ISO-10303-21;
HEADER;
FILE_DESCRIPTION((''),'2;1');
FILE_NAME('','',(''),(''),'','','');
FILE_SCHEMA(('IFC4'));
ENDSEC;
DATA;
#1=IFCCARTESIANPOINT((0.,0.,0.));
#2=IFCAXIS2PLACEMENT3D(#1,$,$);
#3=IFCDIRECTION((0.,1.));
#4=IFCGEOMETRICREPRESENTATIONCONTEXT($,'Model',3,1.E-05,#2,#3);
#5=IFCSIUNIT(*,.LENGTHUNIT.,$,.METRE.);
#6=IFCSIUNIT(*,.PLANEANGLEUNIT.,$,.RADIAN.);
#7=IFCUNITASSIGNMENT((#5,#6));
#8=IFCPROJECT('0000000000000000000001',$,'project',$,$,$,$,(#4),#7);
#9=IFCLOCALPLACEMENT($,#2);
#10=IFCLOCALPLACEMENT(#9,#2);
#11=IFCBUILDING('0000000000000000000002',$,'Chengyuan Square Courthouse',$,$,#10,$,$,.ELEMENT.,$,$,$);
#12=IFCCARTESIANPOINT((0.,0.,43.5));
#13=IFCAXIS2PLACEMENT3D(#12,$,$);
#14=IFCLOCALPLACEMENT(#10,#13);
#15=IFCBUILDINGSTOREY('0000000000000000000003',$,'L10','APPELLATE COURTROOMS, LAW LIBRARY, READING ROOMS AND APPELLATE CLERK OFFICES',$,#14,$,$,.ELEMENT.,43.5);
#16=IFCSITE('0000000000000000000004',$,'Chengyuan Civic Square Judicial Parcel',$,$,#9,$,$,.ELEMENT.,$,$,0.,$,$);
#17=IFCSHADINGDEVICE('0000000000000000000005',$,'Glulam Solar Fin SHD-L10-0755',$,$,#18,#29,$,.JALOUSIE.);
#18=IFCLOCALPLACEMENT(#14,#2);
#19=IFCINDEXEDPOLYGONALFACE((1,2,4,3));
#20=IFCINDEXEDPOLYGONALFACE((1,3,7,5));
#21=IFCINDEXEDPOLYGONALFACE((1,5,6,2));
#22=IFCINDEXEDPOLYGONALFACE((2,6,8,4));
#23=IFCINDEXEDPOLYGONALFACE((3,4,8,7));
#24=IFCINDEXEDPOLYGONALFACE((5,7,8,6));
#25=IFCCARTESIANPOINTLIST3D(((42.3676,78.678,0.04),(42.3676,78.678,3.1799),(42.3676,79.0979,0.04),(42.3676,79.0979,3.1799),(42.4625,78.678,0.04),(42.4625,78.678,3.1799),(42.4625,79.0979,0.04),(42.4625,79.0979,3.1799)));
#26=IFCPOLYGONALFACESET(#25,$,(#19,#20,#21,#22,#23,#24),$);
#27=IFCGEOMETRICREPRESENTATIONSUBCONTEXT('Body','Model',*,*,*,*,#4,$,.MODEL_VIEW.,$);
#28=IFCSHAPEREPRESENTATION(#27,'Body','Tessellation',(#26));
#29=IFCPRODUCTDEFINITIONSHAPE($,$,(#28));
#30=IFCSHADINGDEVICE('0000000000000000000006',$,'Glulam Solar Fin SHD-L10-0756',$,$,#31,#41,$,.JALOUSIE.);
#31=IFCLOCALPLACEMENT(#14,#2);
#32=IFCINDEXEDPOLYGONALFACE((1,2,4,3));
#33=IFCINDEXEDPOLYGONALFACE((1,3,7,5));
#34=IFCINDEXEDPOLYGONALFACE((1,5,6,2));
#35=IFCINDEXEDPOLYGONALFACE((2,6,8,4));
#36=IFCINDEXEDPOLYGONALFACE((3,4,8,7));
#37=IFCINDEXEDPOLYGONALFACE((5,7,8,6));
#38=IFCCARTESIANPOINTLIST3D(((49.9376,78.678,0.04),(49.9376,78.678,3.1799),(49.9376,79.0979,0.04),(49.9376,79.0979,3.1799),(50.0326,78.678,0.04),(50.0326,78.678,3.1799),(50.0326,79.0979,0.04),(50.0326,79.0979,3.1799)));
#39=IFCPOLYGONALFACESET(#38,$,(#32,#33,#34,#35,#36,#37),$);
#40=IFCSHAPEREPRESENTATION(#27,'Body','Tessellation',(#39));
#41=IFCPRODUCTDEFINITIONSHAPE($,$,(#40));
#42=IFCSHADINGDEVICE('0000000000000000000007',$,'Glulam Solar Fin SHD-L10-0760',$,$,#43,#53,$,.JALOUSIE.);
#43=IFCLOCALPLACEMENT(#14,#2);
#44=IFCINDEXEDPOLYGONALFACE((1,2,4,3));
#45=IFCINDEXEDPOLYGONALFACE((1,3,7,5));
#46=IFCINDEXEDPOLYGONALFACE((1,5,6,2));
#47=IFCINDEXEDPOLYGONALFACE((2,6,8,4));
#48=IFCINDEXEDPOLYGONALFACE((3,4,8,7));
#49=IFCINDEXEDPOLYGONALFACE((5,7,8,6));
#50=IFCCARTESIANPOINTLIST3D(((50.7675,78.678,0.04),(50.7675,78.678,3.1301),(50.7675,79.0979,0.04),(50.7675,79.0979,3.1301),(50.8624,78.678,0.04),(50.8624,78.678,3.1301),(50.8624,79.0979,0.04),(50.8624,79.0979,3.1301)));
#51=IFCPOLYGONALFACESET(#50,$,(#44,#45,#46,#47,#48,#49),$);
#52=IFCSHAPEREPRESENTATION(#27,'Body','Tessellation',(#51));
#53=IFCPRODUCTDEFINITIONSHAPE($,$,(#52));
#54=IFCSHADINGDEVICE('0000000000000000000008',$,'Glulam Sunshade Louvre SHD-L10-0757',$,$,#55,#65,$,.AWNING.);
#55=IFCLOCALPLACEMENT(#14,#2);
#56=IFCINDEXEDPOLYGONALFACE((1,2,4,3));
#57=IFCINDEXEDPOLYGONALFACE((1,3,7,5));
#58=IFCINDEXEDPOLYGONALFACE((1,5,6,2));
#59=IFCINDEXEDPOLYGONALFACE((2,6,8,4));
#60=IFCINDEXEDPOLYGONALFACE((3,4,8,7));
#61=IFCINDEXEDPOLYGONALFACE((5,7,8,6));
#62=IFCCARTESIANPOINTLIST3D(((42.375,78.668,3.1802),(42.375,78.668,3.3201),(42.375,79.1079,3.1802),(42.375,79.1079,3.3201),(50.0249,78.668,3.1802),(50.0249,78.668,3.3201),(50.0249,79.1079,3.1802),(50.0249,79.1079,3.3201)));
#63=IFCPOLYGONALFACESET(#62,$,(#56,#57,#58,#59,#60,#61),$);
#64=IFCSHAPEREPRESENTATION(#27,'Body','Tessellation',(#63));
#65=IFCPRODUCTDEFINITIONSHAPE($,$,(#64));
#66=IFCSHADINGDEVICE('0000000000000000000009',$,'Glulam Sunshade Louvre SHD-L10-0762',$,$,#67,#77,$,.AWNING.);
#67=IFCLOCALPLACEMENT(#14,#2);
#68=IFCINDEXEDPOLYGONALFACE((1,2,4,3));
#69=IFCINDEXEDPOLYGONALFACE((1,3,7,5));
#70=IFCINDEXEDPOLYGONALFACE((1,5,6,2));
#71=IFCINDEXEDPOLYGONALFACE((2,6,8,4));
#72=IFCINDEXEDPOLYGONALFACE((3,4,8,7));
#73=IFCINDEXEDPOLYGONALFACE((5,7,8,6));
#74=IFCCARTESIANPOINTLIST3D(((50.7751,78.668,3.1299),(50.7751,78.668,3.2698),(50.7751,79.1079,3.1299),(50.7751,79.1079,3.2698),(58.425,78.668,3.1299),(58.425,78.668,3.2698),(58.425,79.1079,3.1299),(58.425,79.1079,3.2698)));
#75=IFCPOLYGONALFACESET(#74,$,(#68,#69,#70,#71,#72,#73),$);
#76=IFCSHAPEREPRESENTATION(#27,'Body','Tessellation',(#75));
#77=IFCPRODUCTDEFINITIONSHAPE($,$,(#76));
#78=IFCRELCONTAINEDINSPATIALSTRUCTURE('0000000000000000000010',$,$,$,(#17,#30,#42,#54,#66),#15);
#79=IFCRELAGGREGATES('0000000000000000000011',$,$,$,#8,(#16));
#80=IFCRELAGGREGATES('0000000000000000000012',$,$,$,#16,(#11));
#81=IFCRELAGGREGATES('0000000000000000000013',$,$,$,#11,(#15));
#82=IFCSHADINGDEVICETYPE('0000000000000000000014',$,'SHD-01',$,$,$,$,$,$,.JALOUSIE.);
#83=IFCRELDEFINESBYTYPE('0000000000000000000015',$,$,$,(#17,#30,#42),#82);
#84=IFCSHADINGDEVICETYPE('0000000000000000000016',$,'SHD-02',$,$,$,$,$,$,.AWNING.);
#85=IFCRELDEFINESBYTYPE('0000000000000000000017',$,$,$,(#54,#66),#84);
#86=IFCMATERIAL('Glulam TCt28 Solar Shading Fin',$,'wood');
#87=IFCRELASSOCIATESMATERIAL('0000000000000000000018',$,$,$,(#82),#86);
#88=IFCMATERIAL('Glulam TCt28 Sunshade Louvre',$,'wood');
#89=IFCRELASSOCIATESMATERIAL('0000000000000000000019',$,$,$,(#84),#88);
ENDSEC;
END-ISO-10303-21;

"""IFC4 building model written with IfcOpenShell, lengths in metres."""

from ifc_helpers import new_model, si_unit, direction, frame, origin, origin_2d, place, context, subcontext, project, spatial, rectangle, extrude, material, type_object, element, save


model = new_model("IFC4")

# Units and contexts
model_context = context("Model", 3, precision=1e-05, world=origin(), true_north=direction((0.0, 1.0)))
body_context = subcontext(model_context, "Body", "Model", "MODEL_VIEW")
ifc_project = project(units=[si_unit("LENGTHUNIT", "METRE"), si_unit("PLANEANGLEUNIT", "RADIAN")], contexts=[model_context])

# Site, building, storey
site_placement = place(None, origin())
site = spatial("IfcSite", under=ifc_project, at=site_placement, Name="Chengyuan Civic Square Judicial Parcel", CompositionType="ELEMENT", RefElevation=0.0)
building_placement = place(site_placement, origin())
building = spatial("IfcBuilding", under=site, at=building_placement, Name="Chengyuan Square Courthouse", CompositionType="ELEMENT")
storey_placement = place(building_placement, frame((0.0, 0.0, 43.5)))
storey = spatial("IfcBuildingStorey", under=building, at=storey_placement, Name="L10", Description="APPELLATE COURTROOMS, LAW LIBRARY, READING ROOMS AND APPELLATE CLERK OFFICES", CompositionType="ELEMENT", Elevation=43.5)

# Shading devices
ifc_material_1 = material(Name="Glulam TCt28 Solar Shading Fin", Category="wood")
shading_device_type_1 = type_object("IfcShadingDeviceType", Name="SHD-01", PredefinedType="JALOUSIE", material=ifc_material_1)
for number, where, z_axis, x_axis, name in (
    (1, (42.415, 78.8879, 0.04), (0.0, 0.0, 1.0), (0.0, 1.0, 0.0), "Glulam Solar Fin SHD-L10-0755"),
    (2, (49.9851, 78.8879, 0.04), (0.0, 0.0, 1.0), (0.0, 1.0, 0.0), "Glulam Solar Fin SHD-L10-0756"),
):
    element("IfcShadingDevice", number, at=place(storey_placement, frame(where, z_axis=z_axis, x_axis=x_axis)), inside=storey, type_object=shading_device_type_1, Name=name, PredefinedType="JALOUSIE", context=body_context, shape_type="SweptSolid", body=[
        extrude(rectangle(XDim=0.4199, YDim=0.095, at=origin_2d()), origin(), (0.0, 0.0, 1.0), 3.1399),
    ])
shading_device_placement = place(storey_placement, frame((50.8149, 78.8879, 0.04), z_axis=(0.0, 0.0, 1.0), x_axis=(0.0, 1.0, 0.0)))
element("IfcShadingDevice", 3, at=shading_device_placement, inside=storey, type_object=shading_device_type_1, Name="Glulam Solar Fin SHD-L10-0760", PredefinedType="JALOUSIE", context=body_context, shape_type="SweptSolid", body=[
    extrude(rectangle(XDim=0.4199, YDim=0.095, at=origin_2d()), origin(), (0.0, 0.0, 1.0), 3.0901),
])
ifc_material_2 = material(Name="Glulam TCt28 Sunshade Louvre", Category="wood")
shading_device_type_2 = type_object("IfcShadingDeviceType", Name="SHD-02", PredefinedType="AWNING", material=ifc_material_2)
for number, where, z_axis, x_axis, name in (
    (4, (46.2, 78.8879, 3.1802), (0.0, 0.0, 1.0), (1.0, 0.0, 0.0), "Glulam Sunshade Louvre SHD-L10-0757"),
    (5, (54.6001, 78.8879, 3.1299), (0.0, 0.0, 1.0), (1.0, 0.0, 0.0), "Glulam Sunshade Louvre SHD-L10-0762"),
):
    element("IfcShadingDevice", number, at=place(storey_placement, frame(where, z_axis=z_axis, x_axis=x_axis)), inside=storey, type_object=shading_device_type_2, Name=name, PredefinedType="AWNING", context=body_context, shape_type="SweptSolid", body=[
        extrude(rectangle(XDim=7.6499, YDim=0.4399, at=origin_2d()), origin(), (0.0, 0.0, 1.0), 0.1399),
    ])

save(model, "model.ifc")
